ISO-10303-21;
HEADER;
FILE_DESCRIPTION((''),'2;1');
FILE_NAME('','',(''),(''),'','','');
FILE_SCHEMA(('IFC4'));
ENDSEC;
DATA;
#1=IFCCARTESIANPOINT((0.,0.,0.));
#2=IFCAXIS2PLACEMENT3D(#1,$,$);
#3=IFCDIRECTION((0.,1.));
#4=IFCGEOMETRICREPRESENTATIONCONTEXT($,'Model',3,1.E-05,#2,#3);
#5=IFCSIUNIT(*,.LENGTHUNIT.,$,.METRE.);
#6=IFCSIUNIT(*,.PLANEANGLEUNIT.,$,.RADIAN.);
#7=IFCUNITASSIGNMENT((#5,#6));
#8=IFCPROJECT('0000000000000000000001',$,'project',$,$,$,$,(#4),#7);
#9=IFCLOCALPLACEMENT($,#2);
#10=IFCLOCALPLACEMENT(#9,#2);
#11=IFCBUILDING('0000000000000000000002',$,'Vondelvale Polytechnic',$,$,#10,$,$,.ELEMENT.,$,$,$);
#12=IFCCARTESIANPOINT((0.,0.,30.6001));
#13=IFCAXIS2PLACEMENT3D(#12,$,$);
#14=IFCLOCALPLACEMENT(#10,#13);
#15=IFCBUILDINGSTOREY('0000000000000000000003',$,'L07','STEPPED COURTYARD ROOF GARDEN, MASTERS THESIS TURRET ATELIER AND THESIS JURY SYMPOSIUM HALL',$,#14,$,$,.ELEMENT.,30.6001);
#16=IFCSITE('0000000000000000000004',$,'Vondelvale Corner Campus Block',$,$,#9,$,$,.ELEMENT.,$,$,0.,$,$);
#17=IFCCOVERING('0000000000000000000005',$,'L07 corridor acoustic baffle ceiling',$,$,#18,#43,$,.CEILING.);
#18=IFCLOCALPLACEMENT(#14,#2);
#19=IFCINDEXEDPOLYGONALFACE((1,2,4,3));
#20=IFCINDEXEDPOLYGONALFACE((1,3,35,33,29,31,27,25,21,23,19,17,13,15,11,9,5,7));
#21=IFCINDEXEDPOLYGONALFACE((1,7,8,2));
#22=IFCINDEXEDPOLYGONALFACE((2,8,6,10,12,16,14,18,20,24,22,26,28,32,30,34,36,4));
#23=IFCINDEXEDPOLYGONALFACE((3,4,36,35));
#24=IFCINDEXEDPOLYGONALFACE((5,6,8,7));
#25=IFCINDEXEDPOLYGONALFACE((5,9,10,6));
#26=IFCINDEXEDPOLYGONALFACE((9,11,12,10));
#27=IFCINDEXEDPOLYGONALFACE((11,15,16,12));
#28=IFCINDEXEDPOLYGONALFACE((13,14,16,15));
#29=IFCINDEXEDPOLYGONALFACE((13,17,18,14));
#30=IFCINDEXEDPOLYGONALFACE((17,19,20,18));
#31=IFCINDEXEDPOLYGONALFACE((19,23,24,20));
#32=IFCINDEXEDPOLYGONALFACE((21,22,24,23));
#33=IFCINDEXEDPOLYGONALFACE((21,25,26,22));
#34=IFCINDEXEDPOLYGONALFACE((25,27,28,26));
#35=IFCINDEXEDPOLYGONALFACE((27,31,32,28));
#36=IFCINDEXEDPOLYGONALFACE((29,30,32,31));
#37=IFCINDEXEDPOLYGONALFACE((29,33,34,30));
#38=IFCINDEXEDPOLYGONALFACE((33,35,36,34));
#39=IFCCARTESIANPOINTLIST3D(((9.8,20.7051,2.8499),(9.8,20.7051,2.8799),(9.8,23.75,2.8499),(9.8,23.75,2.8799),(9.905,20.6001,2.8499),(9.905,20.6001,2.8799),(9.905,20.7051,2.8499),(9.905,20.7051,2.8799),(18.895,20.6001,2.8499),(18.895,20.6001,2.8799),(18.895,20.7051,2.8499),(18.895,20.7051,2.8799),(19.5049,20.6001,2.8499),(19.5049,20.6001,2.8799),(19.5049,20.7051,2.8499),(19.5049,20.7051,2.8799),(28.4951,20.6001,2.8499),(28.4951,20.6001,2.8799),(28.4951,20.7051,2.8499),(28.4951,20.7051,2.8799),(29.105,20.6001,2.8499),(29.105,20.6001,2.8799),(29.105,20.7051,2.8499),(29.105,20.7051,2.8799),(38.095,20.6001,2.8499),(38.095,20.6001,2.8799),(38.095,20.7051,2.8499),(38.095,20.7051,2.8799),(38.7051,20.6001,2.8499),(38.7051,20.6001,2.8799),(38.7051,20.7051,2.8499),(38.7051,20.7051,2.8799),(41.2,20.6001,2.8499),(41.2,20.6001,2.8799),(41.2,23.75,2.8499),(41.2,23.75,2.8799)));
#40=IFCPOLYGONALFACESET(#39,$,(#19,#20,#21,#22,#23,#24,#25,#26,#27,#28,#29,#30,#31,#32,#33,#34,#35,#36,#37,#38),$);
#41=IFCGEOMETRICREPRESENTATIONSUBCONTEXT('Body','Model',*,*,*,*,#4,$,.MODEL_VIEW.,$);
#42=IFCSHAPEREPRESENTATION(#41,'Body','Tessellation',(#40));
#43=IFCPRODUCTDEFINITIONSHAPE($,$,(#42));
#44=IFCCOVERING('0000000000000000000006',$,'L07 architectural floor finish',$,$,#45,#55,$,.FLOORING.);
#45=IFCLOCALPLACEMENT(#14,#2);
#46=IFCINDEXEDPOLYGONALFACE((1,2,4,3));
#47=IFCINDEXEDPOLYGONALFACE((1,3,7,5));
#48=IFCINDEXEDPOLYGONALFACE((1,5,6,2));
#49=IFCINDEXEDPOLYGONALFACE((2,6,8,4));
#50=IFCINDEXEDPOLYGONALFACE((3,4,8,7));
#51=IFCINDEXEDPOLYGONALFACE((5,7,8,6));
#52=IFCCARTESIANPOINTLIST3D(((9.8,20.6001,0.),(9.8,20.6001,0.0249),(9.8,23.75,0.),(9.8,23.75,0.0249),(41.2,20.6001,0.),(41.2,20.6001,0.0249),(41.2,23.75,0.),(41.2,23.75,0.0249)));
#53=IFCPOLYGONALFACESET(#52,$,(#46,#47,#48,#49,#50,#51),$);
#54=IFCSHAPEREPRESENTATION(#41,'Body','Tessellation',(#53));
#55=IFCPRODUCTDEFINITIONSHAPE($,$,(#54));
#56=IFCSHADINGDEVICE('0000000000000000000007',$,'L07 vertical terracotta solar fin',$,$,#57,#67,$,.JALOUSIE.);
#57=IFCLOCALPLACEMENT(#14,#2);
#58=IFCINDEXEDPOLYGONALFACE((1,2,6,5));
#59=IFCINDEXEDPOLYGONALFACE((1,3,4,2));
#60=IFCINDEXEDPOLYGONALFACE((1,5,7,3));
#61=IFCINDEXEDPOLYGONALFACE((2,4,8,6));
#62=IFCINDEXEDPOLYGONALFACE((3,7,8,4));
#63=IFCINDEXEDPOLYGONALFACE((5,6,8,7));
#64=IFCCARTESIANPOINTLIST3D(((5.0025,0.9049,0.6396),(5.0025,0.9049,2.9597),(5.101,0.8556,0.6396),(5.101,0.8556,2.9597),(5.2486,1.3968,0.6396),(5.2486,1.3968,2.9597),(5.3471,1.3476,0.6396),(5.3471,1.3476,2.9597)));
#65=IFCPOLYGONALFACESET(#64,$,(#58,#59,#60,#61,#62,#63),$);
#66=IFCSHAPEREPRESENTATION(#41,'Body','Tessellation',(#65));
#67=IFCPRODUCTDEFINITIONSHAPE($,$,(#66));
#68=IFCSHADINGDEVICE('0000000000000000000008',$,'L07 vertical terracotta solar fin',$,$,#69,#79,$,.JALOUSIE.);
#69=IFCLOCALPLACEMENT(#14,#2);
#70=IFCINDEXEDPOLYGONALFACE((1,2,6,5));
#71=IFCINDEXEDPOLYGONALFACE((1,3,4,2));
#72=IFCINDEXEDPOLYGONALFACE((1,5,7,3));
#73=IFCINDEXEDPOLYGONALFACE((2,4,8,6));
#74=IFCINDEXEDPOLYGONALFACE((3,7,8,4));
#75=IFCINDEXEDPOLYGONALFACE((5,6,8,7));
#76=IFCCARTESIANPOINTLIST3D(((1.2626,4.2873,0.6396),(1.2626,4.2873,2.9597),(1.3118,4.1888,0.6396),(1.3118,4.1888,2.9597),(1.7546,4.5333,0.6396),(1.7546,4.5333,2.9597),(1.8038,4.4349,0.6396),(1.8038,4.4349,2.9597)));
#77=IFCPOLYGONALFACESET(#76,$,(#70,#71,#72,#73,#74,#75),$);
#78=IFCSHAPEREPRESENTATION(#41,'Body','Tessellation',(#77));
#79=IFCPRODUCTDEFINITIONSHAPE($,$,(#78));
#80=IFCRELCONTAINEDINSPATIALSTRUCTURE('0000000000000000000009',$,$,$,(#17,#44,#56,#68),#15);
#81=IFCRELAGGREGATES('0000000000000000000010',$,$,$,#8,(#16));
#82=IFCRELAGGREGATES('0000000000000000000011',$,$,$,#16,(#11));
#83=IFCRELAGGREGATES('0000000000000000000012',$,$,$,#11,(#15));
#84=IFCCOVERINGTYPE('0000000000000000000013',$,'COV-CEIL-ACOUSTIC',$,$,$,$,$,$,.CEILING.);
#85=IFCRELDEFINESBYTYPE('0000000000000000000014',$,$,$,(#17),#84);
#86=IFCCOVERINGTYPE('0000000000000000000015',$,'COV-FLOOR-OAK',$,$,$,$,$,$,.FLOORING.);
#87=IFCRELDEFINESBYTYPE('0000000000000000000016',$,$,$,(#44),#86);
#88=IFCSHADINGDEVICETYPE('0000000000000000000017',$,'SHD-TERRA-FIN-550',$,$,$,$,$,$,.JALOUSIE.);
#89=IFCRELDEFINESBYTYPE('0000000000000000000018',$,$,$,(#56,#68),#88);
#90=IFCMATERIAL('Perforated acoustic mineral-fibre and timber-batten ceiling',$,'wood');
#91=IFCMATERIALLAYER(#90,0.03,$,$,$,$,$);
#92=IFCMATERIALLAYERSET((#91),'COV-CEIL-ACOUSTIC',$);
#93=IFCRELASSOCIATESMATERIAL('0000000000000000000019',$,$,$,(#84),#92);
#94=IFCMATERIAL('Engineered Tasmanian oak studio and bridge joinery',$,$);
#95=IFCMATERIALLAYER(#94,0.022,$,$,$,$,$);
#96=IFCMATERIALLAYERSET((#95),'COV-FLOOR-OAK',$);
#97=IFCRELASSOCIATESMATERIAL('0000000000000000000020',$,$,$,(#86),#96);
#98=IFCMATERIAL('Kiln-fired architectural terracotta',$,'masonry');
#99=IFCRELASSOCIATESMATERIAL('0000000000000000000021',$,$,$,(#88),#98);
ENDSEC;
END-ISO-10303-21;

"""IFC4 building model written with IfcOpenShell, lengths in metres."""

from ifc_helpers import new_model, si_unit, direction, frame, origin, origin_2d, place, context, subcontext, project, spatial, polyline, rectangle, outline, extrude, material, layer, layer_set, type_object, element, save


model = new_model("IFC4")

# Units and contexts
model_context = context("Model", 3, precision=1e-05, world=origin(), true_north=direction((0.0, 1.0)))
body_context = subcontext(model_context, "Body", "Model", "MODEL_VIEW")
ifc_project = project(units=[si_unit("LENGTHUNIT", "METRE"), si_unit("PLANEANGLEUNIT", "RADIAN")], contexts=[model_context])

# Site, building, storey
site_placement = place(None, origin())
site = spatial("IfcSite", under=ifc_project, at=site_placement, Name="Vondelvale Corner Campus Block", CompositionType="ELEMENT", RefElevation=0.0)
building_placement = place(site_placement, origin())
building = spatial("IfcBuilding", under=site, at=building_placement, Name="Vondelvale Polytechnic", CompositionType="ELEMENT")
storey_placement = place(building_placement, frame((0.0, 0.0, 30.6001)))
storey = spatial("IfcBuildingStorey", under=building, at=storey_placement, Name="L07", Description="STEPPED COURTYARD ROOF GARDEN, MASTERS THESIS TURRET ATELIER AND THESIS JURY SYMPOSIUM HALL", CompositionType="ELEMENT", Elevation=30.6001)

# Coverings
ifc_material_1 = material(Name="Perforated acoustic mineral-fibre and timber-batten ceiling", Category="wood")
ifc_layer_1 = layer(ifc_material_1, 0.03)
ifc_layer_set_1 = layer_set([ifc_layer_1], Name="COV-CEIL-ACOUSTIC")
covering_type_1 = type_object("IfcCoveringType", Name="COV-CEIL-ACOUSTIC", PredefinedType="CEILING", material=ifc_layer_set_1)
covering_1_placement = place(storey_placement, frame((0.0, 0.0, 2.8499)))
element("IfcCovering", 1, at=covering_1_placement, inside=storey, type_object=covering_type_1, Name="L07 corridor acoustic baffle ceiling", PredefinedType="CEILING", context=body_context, shape_type="SweptSolid", body=[
    extrude(outline(polyline([(9.905, 20.6001), (9.905, 20.7051), (9.8, 20.7051), (9.8, 23.75), (41.2, 23.75), (41.2, 20.6001), (38.7051, 20.6001), (38.7051, 20.7051), (38.095, 20.7051), (38.095, 20.6001), (29.105, 20.6001), (29.105, 20.7051), (28.4951, 20.7051), (28.4951, 20.6001), (19.5049, 20.6001), (19.5049, 20.7051), (18.895, 20.7051), (18.895, 20.6001), (9.905, 20.6001)])), origin(), (0.0, 0.0, 1.0), 0.03),
])
ifc_material_2 = material(Name="Engineered Tasmanian oak studio and bridge joinery")
ifc_layer_2 = layer(ifc_material_2, 0.022)
ifc_layer_set_2 = layer_set([ifc_layer_2], Name="COV-FLOOR-OAK")
covering_type_2 = type_object("IfcCoveringType", Name="COV-FLOOR-OAK", PredefinedType="FLOORING", material=ifc_layer_set_2)
covering_2_placement = place(storey_placement, origin())
element("IfcCovering", 2, at=covering_2_placement, inside=storey, type_object=covering_type_2, Name="L07 architectural floor finish", PredefinedType="FLOORING", context=body_context, shape_type="SweptSolid", body=[
    extrude(outline(polyline([(9.8, 20.6001), (41.2, 20.6001), (41.2, 23.75), (9.8, 23.75), (9.8, 20.6001)])), origin(), (0.0, 0.0, 1.0), 0.0249),
])

# Shading devices
ifc_material_3 = material(Name="Kiln-fired architectural terracotta", Category="masonry")
shading_device_type = type_object("IfcShadingDeviceType", Name="SHD-TERRA-FIN-550", PredefinedType="JALOUSIE", material=ifc_material_3)
for number, where, z_axis, x_axis, name in (
    (3, (5.1748, 1.1262, 0.6396), (0.0, 0.0, 1.0), (-0.894389, 0.447291, 0.0), "L07 vertical terracotta solar fin"),
    (4, (1.5332, 4.3611, 0.6396), (0.0, 0.0, 1.0), (-0.447291, 0.894389, 0.0), "L07 vertical terracotta solar fin"),
):
    element("IfcShadingDevice", number, at=place(storey_placement, frame(where, z_axis=z_axis, x_axis=x_axis)), inside=storey, type_object=shading_device_type, Name=name, PredefinedType="JALOUSIE", context=body_context, shape_type="SweptSolid", body=[
        extrude(rectangle(XDim=0.1101, YDim=0.55, at=origin_2d()), origin(), (0.0, 0.0, 1.0), 2.3201),
    ])

save(model, "model.ifc")
